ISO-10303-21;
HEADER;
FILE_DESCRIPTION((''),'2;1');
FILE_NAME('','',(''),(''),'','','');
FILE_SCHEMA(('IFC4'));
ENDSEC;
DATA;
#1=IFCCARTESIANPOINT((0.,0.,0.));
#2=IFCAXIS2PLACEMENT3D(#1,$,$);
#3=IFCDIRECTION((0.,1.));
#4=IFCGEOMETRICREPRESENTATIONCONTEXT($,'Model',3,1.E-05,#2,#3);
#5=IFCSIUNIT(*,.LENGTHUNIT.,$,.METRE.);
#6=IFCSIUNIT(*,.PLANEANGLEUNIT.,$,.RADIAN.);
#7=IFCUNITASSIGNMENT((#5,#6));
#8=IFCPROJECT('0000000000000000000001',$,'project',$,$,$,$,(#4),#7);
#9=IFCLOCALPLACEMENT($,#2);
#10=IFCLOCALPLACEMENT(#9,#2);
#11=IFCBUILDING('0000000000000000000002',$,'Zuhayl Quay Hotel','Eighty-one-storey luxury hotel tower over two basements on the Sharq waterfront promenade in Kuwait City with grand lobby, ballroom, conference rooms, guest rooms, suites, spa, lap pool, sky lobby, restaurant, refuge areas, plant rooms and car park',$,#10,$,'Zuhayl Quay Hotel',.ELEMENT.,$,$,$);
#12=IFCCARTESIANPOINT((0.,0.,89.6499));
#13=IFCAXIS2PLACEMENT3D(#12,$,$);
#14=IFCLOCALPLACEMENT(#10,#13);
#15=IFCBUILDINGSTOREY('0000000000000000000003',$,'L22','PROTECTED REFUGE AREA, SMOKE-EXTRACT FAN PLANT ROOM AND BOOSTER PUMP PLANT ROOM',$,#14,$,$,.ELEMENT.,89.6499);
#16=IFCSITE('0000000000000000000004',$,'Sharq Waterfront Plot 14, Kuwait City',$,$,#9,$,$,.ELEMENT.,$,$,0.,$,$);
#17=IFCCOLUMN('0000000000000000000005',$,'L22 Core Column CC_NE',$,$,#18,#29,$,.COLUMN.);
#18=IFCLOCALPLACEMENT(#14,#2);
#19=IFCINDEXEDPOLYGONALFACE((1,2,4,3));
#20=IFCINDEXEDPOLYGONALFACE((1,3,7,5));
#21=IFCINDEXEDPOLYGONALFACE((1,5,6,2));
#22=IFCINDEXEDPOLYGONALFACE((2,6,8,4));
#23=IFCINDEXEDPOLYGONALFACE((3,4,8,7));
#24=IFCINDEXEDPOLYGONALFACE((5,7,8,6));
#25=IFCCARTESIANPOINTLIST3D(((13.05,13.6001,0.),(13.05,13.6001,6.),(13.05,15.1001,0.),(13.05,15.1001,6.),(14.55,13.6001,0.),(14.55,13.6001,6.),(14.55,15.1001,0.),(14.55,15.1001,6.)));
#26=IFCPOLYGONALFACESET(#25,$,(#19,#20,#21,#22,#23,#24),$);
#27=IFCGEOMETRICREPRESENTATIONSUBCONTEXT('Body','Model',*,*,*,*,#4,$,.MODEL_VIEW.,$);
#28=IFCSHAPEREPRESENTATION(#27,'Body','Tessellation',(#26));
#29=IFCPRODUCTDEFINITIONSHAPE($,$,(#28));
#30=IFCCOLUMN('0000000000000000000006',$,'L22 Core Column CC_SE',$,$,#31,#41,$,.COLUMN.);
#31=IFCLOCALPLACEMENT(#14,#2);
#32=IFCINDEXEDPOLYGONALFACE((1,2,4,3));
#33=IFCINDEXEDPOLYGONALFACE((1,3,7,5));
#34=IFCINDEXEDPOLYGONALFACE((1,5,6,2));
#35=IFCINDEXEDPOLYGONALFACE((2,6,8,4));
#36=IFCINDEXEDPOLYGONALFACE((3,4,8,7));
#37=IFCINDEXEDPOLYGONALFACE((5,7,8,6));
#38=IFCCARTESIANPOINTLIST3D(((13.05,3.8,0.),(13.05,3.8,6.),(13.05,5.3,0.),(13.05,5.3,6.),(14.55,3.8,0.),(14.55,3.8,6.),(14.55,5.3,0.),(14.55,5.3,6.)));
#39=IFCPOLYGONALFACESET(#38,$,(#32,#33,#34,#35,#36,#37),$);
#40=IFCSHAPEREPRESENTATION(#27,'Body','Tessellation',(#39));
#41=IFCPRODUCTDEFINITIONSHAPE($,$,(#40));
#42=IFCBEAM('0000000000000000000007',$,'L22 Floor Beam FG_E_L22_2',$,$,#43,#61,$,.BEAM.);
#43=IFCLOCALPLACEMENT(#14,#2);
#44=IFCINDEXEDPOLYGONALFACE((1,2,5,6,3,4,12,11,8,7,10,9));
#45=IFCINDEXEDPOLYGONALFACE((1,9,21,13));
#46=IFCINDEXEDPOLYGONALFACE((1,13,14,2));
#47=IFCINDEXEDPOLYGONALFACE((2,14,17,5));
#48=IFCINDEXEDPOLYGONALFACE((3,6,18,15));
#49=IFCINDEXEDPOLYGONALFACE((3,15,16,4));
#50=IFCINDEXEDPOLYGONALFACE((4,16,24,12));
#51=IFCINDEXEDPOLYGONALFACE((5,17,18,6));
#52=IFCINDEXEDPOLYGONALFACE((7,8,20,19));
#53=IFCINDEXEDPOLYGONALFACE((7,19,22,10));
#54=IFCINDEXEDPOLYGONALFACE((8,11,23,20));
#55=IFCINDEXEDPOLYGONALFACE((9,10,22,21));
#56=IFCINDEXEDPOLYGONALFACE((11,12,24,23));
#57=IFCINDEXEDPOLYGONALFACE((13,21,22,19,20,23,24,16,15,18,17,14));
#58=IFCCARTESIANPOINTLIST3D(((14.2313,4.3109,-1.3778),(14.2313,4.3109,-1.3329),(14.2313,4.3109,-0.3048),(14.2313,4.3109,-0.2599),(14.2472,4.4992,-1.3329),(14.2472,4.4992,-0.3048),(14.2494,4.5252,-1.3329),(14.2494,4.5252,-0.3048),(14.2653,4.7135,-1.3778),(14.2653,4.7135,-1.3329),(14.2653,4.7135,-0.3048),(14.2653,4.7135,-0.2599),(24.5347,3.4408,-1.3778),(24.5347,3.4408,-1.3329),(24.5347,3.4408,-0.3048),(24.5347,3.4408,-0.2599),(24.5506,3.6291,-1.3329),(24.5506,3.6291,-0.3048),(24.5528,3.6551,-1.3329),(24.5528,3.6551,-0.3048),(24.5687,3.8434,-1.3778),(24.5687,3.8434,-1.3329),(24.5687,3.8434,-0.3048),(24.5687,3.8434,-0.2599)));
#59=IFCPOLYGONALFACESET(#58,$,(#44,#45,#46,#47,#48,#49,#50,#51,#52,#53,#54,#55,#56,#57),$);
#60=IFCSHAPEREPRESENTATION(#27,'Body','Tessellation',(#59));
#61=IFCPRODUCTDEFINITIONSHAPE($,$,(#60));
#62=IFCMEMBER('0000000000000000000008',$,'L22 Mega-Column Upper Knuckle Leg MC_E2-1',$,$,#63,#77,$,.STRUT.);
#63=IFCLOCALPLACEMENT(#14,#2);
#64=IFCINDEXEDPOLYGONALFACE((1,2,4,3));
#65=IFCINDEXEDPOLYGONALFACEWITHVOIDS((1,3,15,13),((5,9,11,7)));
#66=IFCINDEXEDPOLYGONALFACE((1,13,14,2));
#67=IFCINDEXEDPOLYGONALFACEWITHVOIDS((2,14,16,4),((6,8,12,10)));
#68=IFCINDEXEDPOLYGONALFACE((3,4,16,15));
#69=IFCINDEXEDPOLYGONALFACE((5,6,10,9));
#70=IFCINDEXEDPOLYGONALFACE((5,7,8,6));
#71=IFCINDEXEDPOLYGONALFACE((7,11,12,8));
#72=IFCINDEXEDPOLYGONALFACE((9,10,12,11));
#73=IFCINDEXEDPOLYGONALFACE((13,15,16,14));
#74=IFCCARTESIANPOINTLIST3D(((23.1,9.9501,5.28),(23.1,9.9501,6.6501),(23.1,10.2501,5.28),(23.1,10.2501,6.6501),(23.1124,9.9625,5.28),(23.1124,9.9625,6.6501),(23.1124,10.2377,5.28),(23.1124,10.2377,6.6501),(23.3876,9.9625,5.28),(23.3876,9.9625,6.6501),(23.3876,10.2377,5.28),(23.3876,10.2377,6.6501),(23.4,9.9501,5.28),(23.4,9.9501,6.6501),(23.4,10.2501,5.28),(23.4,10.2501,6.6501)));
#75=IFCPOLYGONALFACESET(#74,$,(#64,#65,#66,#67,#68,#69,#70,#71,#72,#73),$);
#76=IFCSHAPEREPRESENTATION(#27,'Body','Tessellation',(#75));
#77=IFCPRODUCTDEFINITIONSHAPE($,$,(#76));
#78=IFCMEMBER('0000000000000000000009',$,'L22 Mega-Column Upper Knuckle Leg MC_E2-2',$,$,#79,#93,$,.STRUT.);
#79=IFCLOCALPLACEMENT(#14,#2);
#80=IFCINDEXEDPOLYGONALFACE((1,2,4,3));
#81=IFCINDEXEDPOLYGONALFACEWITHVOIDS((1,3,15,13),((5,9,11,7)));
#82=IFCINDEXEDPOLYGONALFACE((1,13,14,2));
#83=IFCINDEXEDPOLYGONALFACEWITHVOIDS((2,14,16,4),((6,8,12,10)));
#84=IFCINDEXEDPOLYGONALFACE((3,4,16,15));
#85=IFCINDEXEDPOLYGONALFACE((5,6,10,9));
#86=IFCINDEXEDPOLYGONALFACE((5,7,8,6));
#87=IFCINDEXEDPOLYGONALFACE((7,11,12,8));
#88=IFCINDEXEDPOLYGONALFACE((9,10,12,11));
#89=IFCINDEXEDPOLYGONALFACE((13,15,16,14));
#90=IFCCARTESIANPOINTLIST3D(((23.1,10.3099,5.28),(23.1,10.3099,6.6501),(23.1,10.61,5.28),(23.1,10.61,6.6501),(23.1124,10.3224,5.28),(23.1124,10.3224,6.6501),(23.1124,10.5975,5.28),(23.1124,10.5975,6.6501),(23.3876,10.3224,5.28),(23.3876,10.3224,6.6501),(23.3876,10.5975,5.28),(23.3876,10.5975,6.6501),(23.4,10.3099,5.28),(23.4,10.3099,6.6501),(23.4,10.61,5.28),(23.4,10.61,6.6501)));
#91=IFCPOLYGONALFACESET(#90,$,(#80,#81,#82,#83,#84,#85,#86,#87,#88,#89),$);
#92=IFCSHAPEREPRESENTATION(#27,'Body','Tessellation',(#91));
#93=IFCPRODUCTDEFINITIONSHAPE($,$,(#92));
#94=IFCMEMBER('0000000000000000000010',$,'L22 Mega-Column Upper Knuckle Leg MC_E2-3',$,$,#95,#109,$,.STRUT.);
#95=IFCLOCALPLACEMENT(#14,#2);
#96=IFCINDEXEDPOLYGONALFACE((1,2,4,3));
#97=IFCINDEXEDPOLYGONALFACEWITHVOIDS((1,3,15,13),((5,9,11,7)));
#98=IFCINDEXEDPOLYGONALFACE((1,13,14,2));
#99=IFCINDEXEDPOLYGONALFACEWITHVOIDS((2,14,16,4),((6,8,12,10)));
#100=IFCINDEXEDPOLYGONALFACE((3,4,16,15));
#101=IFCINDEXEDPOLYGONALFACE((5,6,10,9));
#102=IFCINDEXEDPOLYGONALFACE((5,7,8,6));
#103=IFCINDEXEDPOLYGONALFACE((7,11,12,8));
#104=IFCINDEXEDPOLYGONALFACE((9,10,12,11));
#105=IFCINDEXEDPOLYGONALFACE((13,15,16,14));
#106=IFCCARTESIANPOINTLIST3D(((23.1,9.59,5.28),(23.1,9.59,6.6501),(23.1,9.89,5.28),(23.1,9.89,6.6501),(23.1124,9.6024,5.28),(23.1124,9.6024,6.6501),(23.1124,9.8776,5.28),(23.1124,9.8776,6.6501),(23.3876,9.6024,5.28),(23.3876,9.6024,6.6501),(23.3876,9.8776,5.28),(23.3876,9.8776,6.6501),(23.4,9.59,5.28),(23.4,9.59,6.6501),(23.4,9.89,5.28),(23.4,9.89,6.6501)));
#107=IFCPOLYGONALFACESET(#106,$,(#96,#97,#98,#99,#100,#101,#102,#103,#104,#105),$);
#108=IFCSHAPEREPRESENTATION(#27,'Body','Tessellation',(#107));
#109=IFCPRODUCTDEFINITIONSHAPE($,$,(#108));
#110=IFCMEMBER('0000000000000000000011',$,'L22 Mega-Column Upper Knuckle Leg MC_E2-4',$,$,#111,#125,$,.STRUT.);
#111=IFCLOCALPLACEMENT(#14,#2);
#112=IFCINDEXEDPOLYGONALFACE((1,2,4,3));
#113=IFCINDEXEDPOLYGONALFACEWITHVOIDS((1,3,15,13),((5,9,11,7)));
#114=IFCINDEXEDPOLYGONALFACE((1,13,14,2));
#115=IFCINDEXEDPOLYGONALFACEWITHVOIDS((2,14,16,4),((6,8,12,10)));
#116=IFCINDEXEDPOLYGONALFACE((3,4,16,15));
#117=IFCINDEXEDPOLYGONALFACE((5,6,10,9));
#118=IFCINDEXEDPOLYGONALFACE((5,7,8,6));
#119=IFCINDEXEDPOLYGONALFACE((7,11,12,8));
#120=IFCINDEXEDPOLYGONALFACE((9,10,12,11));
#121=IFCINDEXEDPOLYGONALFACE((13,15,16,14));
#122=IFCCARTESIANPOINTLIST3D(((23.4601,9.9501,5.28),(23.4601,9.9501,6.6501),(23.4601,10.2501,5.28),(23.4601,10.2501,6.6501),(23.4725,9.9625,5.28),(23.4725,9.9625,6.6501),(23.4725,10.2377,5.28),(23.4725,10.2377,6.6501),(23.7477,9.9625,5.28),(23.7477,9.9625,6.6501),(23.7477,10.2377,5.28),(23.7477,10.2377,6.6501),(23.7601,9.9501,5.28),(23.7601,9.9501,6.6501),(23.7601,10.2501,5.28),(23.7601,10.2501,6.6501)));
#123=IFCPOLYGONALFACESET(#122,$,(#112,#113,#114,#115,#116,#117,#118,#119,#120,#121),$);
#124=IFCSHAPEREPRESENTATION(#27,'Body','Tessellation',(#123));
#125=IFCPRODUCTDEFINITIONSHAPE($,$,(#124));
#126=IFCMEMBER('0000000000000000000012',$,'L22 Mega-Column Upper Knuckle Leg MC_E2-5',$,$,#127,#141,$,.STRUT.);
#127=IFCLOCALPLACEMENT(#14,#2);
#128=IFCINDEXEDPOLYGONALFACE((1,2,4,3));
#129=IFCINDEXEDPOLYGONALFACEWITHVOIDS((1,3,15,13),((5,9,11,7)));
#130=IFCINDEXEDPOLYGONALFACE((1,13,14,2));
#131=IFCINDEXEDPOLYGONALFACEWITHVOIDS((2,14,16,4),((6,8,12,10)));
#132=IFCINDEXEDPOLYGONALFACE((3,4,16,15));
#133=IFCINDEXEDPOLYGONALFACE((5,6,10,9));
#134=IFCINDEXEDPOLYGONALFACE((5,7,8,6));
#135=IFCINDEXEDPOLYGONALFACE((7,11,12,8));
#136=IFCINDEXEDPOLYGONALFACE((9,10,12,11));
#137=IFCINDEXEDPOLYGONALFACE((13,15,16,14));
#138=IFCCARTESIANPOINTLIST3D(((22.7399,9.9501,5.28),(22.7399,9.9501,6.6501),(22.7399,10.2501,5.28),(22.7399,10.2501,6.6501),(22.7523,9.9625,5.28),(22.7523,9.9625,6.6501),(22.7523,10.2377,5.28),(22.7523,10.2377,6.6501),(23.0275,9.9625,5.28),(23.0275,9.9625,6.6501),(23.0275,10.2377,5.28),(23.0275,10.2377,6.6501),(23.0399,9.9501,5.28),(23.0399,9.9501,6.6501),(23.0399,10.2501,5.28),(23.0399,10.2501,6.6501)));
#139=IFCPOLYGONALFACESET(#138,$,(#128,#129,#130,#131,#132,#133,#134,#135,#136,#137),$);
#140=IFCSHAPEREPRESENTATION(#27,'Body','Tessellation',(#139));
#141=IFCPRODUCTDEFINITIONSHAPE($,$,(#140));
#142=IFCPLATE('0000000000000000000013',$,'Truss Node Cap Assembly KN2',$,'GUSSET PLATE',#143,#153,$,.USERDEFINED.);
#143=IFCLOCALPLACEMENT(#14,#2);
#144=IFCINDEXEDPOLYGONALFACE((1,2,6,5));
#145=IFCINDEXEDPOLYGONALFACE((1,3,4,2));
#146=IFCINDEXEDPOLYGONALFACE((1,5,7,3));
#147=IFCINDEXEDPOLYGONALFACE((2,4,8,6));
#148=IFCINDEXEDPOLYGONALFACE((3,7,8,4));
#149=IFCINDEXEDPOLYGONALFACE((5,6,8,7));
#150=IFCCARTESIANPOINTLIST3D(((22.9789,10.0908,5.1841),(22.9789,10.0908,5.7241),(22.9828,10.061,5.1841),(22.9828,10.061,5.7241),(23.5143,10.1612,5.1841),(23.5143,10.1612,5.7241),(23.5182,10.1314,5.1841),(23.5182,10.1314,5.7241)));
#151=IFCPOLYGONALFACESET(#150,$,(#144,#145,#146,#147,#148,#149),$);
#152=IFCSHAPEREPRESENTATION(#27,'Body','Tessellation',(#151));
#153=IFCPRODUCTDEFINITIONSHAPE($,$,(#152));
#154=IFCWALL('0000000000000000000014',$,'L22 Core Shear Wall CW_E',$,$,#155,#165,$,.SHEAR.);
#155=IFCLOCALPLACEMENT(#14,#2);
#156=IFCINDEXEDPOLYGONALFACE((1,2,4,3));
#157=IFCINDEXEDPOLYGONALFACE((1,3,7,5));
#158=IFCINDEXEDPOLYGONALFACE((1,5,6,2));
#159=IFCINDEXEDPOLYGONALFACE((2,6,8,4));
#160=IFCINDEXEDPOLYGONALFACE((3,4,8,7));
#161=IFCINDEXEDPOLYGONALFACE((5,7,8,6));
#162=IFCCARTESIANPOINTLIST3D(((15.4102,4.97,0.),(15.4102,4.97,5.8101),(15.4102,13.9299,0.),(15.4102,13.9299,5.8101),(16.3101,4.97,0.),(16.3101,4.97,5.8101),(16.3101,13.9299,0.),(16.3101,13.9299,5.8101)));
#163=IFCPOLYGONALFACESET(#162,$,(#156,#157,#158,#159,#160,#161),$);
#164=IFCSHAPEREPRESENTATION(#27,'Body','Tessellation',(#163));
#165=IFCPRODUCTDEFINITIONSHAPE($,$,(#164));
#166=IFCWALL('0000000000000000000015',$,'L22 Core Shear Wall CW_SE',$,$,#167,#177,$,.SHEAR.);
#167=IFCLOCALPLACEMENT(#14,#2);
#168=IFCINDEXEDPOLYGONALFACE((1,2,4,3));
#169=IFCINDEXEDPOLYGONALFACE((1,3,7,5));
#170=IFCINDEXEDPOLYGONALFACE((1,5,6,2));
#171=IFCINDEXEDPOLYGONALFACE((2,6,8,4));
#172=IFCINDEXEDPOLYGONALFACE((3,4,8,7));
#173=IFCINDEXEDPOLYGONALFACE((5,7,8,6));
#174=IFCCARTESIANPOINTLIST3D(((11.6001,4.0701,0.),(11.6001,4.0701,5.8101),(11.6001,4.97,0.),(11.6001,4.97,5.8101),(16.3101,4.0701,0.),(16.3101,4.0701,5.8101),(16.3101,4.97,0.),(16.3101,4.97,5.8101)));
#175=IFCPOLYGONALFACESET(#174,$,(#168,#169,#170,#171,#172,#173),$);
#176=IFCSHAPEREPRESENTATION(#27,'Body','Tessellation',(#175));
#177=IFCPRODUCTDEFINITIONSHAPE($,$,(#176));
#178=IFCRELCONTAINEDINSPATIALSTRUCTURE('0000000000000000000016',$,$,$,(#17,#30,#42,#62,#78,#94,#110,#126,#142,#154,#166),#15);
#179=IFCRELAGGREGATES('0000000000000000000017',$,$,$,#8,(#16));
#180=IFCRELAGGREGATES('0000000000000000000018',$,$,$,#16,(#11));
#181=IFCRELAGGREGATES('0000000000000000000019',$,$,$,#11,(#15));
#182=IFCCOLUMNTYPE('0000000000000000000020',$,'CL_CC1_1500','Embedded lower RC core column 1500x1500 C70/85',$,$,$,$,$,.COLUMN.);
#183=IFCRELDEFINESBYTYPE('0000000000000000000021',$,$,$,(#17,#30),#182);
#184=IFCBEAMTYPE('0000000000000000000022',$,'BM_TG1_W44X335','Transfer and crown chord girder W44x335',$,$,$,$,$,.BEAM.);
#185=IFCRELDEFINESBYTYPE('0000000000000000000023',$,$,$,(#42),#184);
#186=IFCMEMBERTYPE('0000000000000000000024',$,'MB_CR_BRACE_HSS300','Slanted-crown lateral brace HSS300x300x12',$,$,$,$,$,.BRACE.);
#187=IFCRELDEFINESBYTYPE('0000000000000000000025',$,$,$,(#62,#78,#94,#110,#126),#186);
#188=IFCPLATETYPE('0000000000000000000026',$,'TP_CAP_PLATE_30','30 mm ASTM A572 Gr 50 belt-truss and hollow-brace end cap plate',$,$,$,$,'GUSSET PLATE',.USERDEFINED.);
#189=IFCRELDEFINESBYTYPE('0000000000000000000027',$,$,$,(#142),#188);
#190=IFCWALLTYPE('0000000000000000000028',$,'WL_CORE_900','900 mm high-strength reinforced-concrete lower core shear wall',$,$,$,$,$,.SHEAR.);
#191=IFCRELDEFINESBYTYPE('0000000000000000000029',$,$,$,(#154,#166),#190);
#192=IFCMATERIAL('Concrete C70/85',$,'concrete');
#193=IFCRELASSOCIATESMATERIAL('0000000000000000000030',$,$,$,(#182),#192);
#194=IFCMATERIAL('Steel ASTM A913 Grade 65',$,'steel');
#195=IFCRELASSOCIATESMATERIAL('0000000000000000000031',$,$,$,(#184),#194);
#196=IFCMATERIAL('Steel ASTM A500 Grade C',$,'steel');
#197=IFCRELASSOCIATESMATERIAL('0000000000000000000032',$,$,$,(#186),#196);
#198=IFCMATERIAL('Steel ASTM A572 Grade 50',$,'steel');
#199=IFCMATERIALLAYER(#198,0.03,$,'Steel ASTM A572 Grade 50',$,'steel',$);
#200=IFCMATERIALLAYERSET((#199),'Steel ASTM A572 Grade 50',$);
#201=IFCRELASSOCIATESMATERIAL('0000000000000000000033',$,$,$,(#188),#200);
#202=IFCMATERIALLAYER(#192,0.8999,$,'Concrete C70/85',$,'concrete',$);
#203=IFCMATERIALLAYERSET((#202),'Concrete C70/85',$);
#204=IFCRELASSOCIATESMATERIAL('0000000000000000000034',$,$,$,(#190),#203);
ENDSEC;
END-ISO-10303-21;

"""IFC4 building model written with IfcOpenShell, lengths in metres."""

from ifc_helpers import new_model, si_unit, direction, frame, frame_2d, origin, origin_2d, place, context, subcontext, project, spatial, rectangle, hollow_rectangle, i_section, extrude, material, layer, layer_set, material_profile, profile_set, type_object, element, save


model = new_model("IFC4")

# Units and contexts
model_context = context("Model", 3, precision=1e-05, world=origin(), true_north=direction((0.0, 1.0)))
body_context = subcontext(model_context, "Body", "Model", "MODEL_VIEW")
ifc_project = project(units=[si_unit("LENGTHUNIT", "METRE"), si_unit("PLANEANGLEUNIT", "RADIAN")], contexts=[model_context])

# Site, building, storey
site_placement = place(None, origin())
site = spatial("IfcSite", under=ifc_project, at=site_placement, Name="Sharq Waterfront Plot 14, Kuwait City", CompositionType="ELEMENT", RefElevation=0.0)
building_placement = place(site_placement, origin())
building = spatial("IfcBuilding", under=site, at=building_placement, Name="Zuhayl Quay Hotel", Description="Eighty-one-storey luxury hotel tower over two basements on the Sharq waterfront promenade in Kuwait City with grand lobby, ballroom, conference rooms, guest rooms, suites, spa, lap pool, sky lobby, restaurant, refuge areas, plant rooms and car park", LongName="Zuhayl Quay Hotel", CompositionType="ELEMENT")
storey_placement = place(building_placement, frame((0.0, 0.0, 89.6499)))
storey = spatial("IfcBuildingStorey", under=building, at=storey_placement, Name="L22", Description="PROTECTED REFUGE AREA, SMOKE-EXTRACT FAN PLANT ROOM AND BOOSTER PUMP PLANT ROOM", CompositionType="ELEMENT", Elevation=89.6499)

# Columns
ifc_material_1 = material(Name="Concrete C70/85", Category="concrete")
ifc_material_profile_1 = material_profile(ifc_material_1, rectangle(XDim=1.5, YDim=1.5, at=origin_2d()), Name="RC1500X1500")
ifc_profile_set_1 = profile_set([ifc_material_profile_1], Name="Concrete C70/85")
column_type = type_object("IfcColumnType", Name="CL_CC1_1500", Description="Embedded lower RC core column 1500x1500 C70/85", PredefinedType="COLUMN", material=ifc_profile_set_1)
for number, where, z_axis, x_axis, name in (
    (1, (13.8, 14.3501, 0.0), (0.0, 0.0, 1.0), (1.0, 0.0, 0.0), "L22 Core Column CC_NE"),
    (2, (13.8, 4.55, 0.0), (0.0, 0.0, 1.0), (1.0, 0.0, 0.0), "L22 Core Column CC_SE"),
):
    element("IfcColumn", number, at=place(storey_placement, frame(where, z_axis=z_axis, x_axis=x_axis)), inside=storey, type_object=column_type, Name=name, PredefinedType="COLUMN", context=body_context, shape_type="SweptSolid", body=[
        extrude(rectangle(XDim=1.5, YDim=1.5, at=origin_2d()), origin(), (0.0, 0.0, 1.0), 6.0),
    ])

# Beam
ifc_material_2 = material(Name="Steel ASTM A913 Grade 65", Category="steel")
ifc_material_profile_2 = material_profile(ifc_material_2, i_section(OverallWidth=0.4041, OverallDepth=1.1179, WebThickness=0.0261, FlangeThickness=0.0449, at=origin_2d()), Name="W44X335")
ifc_profile_set_2 = profile_set([ifc_material_profile_2], Name="Steel ASTM A913 Grade 65")
beam_type = type_object("IfcBeamType", Name="BM_TG1_W44X335", Description="Transfer and crown chord girder W44x335", PredefinedType="BEAM", material=ifc_profile_set_2)
beam_placement = place(storey_placement, frame((14.2483, 4.5122, -0.8188), z_axis=(0.996453, -0.084149, 0.0), x_axis=(0.084149, 0.996453, 0.0)))
element("IfcBeam", 3, at=beam_placement, inside=storey, type_object=beam_type, Name="L22 Floor Beam FG_E_L22_2", PredefinedType="BEAM", context=body_context, shape_type="SweptSolid", body=[
    extrude(i_section(OverallWidth=0.4041, OverallDepth=1.1179, WebThickness=0.0261, FlangeThickness=0.0449, at=origin_2d()), origin(), (0.0, 0.0, 1.0), 10.3401),
])

# Members
ifc_material_3 = material(Name="Steel ASTM A500 Grade C", Category="steel")
ifc_material_profile_3 = material_profile(ifc_material_3, hollow_rectangle(XDim=0.3, YDim=0.3, WallThickness=0.0125, at=origin_2d()), Name="HSS300X300X12")
ifc_profile_set_3 = profile_set([ifc_material_profile_3], Name="Steel ASTM A500 Grade C")
member_type = type_object("IfcMemberType", Name="MB_CR_BRACE_HSS300", Description="Slanted-crown lateral brace HSS300x300x12", PredefinedType="BRACE", material=ifc_profile_set_3)
for number, where, z_axis, x_axis, name in (
    (4, (23.25, 10.1001, 5.28), (0.0, 0.0, 1.0), (1.0, 0.0, 0.0), "L22 Mega-Column Upper Knuckle Leg MC_E2-1"),
    (5, (23.25, 10.46, 5.28), (0.0, 0.0, 1.0), (1.0, 0.0, 0.0), "L22 Mega-Column Upper Knuckle Leg MC_E2-2"),
    (6, (23.25, 9.74, 5.28), (0.0, 0.0, 1.0), (1.0, 0.0, 0.0), "L22 Mega-Column Upper Knuckle Leg MC_E2-3"),
    (7, (23.6101, 10.1001, 5.28), (0.0, 0.0, 1.0), (1.0, 0.0, 0.0), "L22 Mega-Column Upper Knuckle Leg MC_E2-4"),
    (8, (22.8899, 10.1001, 5.28), (0.0, 0.0, 1.0), (1.0, 0.0, 0.0), "L22 Mega-Column Upper Knuckle Leg MC_E2-5"),
):
    element("IfcMember", number, at=place(storey_placement, frame(where, z_axis=z_axis, x_axis=x_axis)), inside=storey, type_object=member_type, Name=name, PredefinedType="STRUT", context=body_context, shape_type="SweptSolid", body=[
        extrude(hollow_rectangle(XDim=0.3, YDim=0.3, WallThickness=0.0125, at=origin_2d()), origin(), (0.0, 0.0, 1.0), 1.3701),
    ])

# Plate
ifc_material_4 = material(Name="Steel ASTM A572 Grade 50", Category="steel")
ifc_layer_1 = layer(ifc_material_4, 0.03, Name="Steel ASTM A572 Grade 50", Category="steel")
ifc_layer_set_1 = layer_set([ifc_layer_1], Name="Steel ASTM A572 Grade 50")
plate_type = type_object("IfcPlateType", Name="TP_CAP_PLATE_30", Description="30 mm ASTM A572 Gr 50 belt-truss and hollow-brace end cap plate", ElementType="GUSSET PLATE", PredefinedType="USERDEFINED", material=ifc_layer_set_1)
plate_placement = place(storey_placement, frame((23.2485, 10.1111, 5.1841), z_axis=(0.0, 0.0, 1.0), x_axis=(-0.130353, 0.991468, 0.0)))
element("IfcPlate", 9, at=plate_placement, inside=storey, type_object=plate_type, Name="Truss Node Cap Assembly KN2", ObjectType="GUSSET PLATE", PredefinedType="USERDEFINED", context=body_context, shape_type="SweptSolid", body=[
    extrude(rectangle(XDim=0.03, YDim=0.54, at=origin_2d()), origin(), (0.0, 0.0, 1.0), 0.54),
])

# Walls
ifc_layer_2 = layer(ifc_material_1, 0.8999, Name="Concrete C70/85", Category="concrete")
ifc_layer_set_2 = layer_set([ifc_layer_2], Name="Concrete C70/85")
wall_type_1 = type_object("IfcWallType", Name="WL_CORE_900", Description="900 mm high-strength reinforced-concrete lower core shear wall", PredefinedType="SHEAR", material=ifc_layer_set_2)
wall_1_placement = place(storey_placement, frame((15.8601, 4.97, 0.0), z_axis=(0.0, 0.0, 1.0), x_axis=(0.0, 1.0, 0.0)))
element("IfcWall", 10, at=wall_1_placement, inside=storey, type_object=wall_type_1, Name="L22 Core Shear Wall CW_E", PredefinedType="SHEAR", context=body_context, shape_type="SweptSolid", body=[
    extrude(rectangle(XDim=8.96, YDim=0.8999, at=frame_2d((4.48, 0.0))), origin(), (0.0, 0.0, 1.0), 5.8101),
])
wall_2_placement = place(storey_placement, frame((11.6001, 4.52, 0.0), z_axis=(0.0, 0.0, 1.0), x_axis=(1.0, 0.0, 0.0)))
element("IfcWall", 11, at=wall_2_placement, inside=storey, type_object=wall_type_1, Name="L22 Core Shear Wall CW_SE", PredefinedType="SHEAR", context=body_context, shape_type="SweptSolid", body=[
    extrude(rectangle(XDim=4.71, YDim=0.8999, at=frame_2d((2.355, 0.0))), origin(), (0.0, 0.0, 1.0), 5.8101),
])

save(model, "model.ifc")
